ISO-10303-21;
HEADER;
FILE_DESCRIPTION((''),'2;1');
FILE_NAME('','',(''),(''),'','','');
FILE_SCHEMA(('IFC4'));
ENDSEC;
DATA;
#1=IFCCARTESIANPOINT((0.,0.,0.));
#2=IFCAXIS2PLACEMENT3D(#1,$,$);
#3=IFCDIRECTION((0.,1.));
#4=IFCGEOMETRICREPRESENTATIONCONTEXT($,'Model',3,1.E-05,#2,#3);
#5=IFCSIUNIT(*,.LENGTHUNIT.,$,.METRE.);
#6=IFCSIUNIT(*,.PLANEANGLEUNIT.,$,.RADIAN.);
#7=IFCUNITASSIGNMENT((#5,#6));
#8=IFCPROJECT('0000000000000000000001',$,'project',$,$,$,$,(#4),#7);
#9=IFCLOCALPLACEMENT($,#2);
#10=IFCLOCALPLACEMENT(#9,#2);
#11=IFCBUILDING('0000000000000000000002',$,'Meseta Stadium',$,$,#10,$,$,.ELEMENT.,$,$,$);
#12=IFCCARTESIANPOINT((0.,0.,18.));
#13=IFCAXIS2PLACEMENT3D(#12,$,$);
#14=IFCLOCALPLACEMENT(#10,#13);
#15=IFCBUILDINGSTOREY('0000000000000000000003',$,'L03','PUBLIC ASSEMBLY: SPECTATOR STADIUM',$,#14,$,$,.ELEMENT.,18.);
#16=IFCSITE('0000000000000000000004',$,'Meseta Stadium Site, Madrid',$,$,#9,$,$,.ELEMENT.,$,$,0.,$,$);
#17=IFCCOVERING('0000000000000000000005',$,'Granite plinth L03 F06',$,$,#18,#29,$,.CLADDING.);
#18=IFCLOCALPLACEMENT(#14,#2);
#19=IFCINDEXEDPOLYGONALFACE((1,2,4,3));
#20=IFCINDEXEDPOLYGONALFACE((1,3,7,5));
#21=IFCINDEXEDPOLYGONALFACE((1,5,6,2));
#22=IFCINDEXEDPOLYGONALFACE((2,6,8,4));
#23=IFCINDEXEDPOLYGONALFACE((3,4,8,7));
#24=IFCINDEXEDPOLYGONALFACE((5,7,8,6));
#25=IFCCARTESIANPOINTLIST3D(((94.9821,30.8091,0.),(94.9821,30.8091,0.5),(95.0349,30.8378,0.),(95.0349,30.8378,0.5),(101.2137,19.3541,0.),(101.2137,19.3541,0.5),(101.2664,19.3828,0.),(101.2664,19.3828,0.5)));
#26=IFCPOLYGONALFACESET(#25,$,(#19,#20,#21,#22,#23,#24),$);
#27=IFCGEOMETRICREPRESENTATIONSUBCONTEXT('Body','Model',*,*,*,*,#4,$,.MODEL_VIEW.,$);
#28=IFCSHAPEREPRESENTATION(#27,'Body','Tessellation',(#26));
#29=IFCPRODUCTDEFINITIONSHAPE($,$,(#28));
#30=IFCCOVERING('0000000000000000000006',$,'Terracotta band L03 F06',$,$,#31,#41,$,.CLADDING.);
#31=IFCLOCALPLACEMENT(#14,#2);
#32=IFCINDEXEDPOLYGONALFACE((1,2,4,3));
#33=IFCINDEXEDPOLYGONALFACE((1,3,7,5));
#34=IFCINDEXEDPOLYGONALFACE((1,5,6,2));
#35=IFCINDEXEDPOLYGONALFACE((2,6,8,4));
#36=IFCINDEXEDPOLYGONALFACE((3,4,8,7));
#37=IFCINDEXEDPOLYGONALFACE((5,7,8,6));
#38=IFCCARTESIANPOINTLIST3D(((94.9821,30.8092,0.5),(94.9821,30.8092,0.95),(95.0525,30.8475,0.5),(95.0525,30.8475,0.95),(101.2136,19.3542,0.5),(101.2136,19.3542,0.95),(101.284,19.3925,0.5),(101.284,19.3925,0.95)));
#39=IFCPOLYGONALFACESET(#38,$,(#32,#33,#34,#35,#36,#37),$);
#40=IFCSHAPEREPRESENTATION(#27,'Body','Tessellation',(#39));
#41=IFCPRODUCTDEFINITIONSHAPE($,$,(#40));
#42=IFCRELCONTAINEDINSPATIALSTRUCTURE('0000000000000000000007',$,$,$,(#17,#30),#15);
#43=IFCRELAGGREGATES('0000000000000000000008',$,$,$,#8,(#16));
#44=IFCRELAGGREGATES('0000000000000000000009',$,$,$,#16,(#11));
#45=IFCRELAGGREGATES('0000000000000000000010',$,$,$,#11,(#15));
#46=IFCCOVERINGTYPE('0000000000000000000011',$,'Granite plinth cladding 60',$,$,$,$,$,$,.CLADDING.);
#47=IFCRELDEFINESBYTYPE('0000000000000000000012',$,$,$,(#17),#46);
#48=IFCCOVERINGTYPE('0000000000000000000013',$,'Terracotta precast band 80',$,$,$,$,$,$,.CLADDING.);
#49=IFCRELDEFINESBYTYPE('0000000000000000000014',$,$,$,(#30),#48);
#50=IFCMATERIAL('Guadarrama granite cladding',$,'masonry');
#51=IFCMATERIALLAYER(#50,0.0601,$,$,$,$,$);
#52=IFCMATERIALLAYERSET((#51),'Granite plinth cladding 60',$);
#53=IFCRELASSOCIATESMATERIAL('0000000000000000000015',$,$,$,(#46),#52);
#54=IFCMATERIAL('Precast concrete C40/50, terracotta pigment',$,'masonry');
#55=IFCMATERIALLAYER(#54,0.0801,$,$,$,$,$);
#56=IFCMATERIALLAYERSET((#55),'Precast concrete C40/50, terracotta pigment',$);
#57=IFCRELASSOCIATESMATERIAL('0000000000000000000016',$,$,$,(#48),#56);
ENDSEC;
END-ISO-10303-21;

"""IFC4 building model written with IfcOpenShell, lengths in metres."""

from ifc_helpers import new_model, si_unit, direction, frame, origin, origin_2d, place, context, subcontext, project, spatial, rectangle, extrude, material, layer, layer_set, type_object, element, save


model = new_model("IFC4")

# Units and contexts
model_context = context("Model", 3, precision=1e-05, world=origin(), true_north=direction((0.0, 1.0)))
body_context = subcontext(model_context, "Body", "Model", "MODEL_VIEW")
ifc_project = project(units=[si_unit("LENGTHUNIT", "METRE"), si_unit("PLANEANGLEUNIT", "RADIAN")], contexts=[model_context])

# Site, building, storey
site_placement = place(None, origin())
site = spatial("IfcSite", under=ifc_project, at=site_placement, Name="Meseta Stadium Site, Madrid", CompositionType="ELEMENT", RefElevation=0.0)
building_placement = place(site_placement, origin())
building = spatial("IfcBuilding", under=site, at=building_placement, Name="Meseta Stadium", CompositionType="ELEMENT")
storey_placement = place(building_placement, frame((0.0, 0.0, 18.0)))
storey = spatial("IfcBuildingStorey", under=building, at=storey_placement, Name="L03", Description="PUBLIC ASSEMBLY: SPECTATOR STADIUM", CompositionType="ELEMENT", Elevation=18.0)

# Coverings
ifc_material_1 = material(Name="Guadarrama granite cladding", Category="masonry")
ifc_layer_1 = layer(ifc_material_1, 0.0601)
ifc_layer_set_1 = layer_set([ifc_layer_1], Name="Granite plinth cladding 60")
covering_type_1 = type_object("IfcCoveringType", Name="Granite plinth cladding 60", PredefinedType="CLADDING", material=ifc_layer_set_1)
covering_1_placement = place(storey_placement, frame((98.1243, 25.0959, 0.0), z_axis=(0.0, 0.0, 1.0), x_axis=(0.477867, -0.878432, 0.0)))
element("IfcCovering", 1, at=covering_1_placement, inside=storey, type_object=covering_type_1, Name="Granite plinth L03 F06", PredefinedType="CLADDING", context=body_context, shape_type="SweptSolid", body=[
    extrude(rectangle(XDim=13.0403, YDim=0.0601, at=origin_2d()), origin(), (0.0, 0.0, 1.0), 0.5),
])
ifc_material_2 = material(Name="Precast concrete C40/50, terracotta pigment", Category="masonry")
ifc_layer_2 = layer(ifc_material_2, 0.0801)
ifc_layer_set_2 = layer_set([ifc_layer_2], Name="Precast concrete C40/50, terracotta pigment")
covering_type_2 = type_object("IfcCoveringType", Name="Terracotta precast band 80", PredefinedType="CLADDING", material=ifc_layer_set_2)
covering_2_placement = place(storey_placement, frame((98.1331, 25.1008, 0.5), z_axis=(0.0, 0.0, 1.0), x_axis=(0.477867, -0.878432, 0.0)))
element("IfcCovering", 2, at=covering_2_placement, inside=storey, type_object=covering_type_2, Name="Terracotta band L03 F06", PredefinedType="CLADDING", context=body_context, shape_type="SweptSolid", body=[
    extrude(rectangle(XDim=13.0403, YDim=0.0801, at=origin_2d()), origin(), (0.0, 0.0, 1.0), 0.45),
])

save(model, "model.ifc")
